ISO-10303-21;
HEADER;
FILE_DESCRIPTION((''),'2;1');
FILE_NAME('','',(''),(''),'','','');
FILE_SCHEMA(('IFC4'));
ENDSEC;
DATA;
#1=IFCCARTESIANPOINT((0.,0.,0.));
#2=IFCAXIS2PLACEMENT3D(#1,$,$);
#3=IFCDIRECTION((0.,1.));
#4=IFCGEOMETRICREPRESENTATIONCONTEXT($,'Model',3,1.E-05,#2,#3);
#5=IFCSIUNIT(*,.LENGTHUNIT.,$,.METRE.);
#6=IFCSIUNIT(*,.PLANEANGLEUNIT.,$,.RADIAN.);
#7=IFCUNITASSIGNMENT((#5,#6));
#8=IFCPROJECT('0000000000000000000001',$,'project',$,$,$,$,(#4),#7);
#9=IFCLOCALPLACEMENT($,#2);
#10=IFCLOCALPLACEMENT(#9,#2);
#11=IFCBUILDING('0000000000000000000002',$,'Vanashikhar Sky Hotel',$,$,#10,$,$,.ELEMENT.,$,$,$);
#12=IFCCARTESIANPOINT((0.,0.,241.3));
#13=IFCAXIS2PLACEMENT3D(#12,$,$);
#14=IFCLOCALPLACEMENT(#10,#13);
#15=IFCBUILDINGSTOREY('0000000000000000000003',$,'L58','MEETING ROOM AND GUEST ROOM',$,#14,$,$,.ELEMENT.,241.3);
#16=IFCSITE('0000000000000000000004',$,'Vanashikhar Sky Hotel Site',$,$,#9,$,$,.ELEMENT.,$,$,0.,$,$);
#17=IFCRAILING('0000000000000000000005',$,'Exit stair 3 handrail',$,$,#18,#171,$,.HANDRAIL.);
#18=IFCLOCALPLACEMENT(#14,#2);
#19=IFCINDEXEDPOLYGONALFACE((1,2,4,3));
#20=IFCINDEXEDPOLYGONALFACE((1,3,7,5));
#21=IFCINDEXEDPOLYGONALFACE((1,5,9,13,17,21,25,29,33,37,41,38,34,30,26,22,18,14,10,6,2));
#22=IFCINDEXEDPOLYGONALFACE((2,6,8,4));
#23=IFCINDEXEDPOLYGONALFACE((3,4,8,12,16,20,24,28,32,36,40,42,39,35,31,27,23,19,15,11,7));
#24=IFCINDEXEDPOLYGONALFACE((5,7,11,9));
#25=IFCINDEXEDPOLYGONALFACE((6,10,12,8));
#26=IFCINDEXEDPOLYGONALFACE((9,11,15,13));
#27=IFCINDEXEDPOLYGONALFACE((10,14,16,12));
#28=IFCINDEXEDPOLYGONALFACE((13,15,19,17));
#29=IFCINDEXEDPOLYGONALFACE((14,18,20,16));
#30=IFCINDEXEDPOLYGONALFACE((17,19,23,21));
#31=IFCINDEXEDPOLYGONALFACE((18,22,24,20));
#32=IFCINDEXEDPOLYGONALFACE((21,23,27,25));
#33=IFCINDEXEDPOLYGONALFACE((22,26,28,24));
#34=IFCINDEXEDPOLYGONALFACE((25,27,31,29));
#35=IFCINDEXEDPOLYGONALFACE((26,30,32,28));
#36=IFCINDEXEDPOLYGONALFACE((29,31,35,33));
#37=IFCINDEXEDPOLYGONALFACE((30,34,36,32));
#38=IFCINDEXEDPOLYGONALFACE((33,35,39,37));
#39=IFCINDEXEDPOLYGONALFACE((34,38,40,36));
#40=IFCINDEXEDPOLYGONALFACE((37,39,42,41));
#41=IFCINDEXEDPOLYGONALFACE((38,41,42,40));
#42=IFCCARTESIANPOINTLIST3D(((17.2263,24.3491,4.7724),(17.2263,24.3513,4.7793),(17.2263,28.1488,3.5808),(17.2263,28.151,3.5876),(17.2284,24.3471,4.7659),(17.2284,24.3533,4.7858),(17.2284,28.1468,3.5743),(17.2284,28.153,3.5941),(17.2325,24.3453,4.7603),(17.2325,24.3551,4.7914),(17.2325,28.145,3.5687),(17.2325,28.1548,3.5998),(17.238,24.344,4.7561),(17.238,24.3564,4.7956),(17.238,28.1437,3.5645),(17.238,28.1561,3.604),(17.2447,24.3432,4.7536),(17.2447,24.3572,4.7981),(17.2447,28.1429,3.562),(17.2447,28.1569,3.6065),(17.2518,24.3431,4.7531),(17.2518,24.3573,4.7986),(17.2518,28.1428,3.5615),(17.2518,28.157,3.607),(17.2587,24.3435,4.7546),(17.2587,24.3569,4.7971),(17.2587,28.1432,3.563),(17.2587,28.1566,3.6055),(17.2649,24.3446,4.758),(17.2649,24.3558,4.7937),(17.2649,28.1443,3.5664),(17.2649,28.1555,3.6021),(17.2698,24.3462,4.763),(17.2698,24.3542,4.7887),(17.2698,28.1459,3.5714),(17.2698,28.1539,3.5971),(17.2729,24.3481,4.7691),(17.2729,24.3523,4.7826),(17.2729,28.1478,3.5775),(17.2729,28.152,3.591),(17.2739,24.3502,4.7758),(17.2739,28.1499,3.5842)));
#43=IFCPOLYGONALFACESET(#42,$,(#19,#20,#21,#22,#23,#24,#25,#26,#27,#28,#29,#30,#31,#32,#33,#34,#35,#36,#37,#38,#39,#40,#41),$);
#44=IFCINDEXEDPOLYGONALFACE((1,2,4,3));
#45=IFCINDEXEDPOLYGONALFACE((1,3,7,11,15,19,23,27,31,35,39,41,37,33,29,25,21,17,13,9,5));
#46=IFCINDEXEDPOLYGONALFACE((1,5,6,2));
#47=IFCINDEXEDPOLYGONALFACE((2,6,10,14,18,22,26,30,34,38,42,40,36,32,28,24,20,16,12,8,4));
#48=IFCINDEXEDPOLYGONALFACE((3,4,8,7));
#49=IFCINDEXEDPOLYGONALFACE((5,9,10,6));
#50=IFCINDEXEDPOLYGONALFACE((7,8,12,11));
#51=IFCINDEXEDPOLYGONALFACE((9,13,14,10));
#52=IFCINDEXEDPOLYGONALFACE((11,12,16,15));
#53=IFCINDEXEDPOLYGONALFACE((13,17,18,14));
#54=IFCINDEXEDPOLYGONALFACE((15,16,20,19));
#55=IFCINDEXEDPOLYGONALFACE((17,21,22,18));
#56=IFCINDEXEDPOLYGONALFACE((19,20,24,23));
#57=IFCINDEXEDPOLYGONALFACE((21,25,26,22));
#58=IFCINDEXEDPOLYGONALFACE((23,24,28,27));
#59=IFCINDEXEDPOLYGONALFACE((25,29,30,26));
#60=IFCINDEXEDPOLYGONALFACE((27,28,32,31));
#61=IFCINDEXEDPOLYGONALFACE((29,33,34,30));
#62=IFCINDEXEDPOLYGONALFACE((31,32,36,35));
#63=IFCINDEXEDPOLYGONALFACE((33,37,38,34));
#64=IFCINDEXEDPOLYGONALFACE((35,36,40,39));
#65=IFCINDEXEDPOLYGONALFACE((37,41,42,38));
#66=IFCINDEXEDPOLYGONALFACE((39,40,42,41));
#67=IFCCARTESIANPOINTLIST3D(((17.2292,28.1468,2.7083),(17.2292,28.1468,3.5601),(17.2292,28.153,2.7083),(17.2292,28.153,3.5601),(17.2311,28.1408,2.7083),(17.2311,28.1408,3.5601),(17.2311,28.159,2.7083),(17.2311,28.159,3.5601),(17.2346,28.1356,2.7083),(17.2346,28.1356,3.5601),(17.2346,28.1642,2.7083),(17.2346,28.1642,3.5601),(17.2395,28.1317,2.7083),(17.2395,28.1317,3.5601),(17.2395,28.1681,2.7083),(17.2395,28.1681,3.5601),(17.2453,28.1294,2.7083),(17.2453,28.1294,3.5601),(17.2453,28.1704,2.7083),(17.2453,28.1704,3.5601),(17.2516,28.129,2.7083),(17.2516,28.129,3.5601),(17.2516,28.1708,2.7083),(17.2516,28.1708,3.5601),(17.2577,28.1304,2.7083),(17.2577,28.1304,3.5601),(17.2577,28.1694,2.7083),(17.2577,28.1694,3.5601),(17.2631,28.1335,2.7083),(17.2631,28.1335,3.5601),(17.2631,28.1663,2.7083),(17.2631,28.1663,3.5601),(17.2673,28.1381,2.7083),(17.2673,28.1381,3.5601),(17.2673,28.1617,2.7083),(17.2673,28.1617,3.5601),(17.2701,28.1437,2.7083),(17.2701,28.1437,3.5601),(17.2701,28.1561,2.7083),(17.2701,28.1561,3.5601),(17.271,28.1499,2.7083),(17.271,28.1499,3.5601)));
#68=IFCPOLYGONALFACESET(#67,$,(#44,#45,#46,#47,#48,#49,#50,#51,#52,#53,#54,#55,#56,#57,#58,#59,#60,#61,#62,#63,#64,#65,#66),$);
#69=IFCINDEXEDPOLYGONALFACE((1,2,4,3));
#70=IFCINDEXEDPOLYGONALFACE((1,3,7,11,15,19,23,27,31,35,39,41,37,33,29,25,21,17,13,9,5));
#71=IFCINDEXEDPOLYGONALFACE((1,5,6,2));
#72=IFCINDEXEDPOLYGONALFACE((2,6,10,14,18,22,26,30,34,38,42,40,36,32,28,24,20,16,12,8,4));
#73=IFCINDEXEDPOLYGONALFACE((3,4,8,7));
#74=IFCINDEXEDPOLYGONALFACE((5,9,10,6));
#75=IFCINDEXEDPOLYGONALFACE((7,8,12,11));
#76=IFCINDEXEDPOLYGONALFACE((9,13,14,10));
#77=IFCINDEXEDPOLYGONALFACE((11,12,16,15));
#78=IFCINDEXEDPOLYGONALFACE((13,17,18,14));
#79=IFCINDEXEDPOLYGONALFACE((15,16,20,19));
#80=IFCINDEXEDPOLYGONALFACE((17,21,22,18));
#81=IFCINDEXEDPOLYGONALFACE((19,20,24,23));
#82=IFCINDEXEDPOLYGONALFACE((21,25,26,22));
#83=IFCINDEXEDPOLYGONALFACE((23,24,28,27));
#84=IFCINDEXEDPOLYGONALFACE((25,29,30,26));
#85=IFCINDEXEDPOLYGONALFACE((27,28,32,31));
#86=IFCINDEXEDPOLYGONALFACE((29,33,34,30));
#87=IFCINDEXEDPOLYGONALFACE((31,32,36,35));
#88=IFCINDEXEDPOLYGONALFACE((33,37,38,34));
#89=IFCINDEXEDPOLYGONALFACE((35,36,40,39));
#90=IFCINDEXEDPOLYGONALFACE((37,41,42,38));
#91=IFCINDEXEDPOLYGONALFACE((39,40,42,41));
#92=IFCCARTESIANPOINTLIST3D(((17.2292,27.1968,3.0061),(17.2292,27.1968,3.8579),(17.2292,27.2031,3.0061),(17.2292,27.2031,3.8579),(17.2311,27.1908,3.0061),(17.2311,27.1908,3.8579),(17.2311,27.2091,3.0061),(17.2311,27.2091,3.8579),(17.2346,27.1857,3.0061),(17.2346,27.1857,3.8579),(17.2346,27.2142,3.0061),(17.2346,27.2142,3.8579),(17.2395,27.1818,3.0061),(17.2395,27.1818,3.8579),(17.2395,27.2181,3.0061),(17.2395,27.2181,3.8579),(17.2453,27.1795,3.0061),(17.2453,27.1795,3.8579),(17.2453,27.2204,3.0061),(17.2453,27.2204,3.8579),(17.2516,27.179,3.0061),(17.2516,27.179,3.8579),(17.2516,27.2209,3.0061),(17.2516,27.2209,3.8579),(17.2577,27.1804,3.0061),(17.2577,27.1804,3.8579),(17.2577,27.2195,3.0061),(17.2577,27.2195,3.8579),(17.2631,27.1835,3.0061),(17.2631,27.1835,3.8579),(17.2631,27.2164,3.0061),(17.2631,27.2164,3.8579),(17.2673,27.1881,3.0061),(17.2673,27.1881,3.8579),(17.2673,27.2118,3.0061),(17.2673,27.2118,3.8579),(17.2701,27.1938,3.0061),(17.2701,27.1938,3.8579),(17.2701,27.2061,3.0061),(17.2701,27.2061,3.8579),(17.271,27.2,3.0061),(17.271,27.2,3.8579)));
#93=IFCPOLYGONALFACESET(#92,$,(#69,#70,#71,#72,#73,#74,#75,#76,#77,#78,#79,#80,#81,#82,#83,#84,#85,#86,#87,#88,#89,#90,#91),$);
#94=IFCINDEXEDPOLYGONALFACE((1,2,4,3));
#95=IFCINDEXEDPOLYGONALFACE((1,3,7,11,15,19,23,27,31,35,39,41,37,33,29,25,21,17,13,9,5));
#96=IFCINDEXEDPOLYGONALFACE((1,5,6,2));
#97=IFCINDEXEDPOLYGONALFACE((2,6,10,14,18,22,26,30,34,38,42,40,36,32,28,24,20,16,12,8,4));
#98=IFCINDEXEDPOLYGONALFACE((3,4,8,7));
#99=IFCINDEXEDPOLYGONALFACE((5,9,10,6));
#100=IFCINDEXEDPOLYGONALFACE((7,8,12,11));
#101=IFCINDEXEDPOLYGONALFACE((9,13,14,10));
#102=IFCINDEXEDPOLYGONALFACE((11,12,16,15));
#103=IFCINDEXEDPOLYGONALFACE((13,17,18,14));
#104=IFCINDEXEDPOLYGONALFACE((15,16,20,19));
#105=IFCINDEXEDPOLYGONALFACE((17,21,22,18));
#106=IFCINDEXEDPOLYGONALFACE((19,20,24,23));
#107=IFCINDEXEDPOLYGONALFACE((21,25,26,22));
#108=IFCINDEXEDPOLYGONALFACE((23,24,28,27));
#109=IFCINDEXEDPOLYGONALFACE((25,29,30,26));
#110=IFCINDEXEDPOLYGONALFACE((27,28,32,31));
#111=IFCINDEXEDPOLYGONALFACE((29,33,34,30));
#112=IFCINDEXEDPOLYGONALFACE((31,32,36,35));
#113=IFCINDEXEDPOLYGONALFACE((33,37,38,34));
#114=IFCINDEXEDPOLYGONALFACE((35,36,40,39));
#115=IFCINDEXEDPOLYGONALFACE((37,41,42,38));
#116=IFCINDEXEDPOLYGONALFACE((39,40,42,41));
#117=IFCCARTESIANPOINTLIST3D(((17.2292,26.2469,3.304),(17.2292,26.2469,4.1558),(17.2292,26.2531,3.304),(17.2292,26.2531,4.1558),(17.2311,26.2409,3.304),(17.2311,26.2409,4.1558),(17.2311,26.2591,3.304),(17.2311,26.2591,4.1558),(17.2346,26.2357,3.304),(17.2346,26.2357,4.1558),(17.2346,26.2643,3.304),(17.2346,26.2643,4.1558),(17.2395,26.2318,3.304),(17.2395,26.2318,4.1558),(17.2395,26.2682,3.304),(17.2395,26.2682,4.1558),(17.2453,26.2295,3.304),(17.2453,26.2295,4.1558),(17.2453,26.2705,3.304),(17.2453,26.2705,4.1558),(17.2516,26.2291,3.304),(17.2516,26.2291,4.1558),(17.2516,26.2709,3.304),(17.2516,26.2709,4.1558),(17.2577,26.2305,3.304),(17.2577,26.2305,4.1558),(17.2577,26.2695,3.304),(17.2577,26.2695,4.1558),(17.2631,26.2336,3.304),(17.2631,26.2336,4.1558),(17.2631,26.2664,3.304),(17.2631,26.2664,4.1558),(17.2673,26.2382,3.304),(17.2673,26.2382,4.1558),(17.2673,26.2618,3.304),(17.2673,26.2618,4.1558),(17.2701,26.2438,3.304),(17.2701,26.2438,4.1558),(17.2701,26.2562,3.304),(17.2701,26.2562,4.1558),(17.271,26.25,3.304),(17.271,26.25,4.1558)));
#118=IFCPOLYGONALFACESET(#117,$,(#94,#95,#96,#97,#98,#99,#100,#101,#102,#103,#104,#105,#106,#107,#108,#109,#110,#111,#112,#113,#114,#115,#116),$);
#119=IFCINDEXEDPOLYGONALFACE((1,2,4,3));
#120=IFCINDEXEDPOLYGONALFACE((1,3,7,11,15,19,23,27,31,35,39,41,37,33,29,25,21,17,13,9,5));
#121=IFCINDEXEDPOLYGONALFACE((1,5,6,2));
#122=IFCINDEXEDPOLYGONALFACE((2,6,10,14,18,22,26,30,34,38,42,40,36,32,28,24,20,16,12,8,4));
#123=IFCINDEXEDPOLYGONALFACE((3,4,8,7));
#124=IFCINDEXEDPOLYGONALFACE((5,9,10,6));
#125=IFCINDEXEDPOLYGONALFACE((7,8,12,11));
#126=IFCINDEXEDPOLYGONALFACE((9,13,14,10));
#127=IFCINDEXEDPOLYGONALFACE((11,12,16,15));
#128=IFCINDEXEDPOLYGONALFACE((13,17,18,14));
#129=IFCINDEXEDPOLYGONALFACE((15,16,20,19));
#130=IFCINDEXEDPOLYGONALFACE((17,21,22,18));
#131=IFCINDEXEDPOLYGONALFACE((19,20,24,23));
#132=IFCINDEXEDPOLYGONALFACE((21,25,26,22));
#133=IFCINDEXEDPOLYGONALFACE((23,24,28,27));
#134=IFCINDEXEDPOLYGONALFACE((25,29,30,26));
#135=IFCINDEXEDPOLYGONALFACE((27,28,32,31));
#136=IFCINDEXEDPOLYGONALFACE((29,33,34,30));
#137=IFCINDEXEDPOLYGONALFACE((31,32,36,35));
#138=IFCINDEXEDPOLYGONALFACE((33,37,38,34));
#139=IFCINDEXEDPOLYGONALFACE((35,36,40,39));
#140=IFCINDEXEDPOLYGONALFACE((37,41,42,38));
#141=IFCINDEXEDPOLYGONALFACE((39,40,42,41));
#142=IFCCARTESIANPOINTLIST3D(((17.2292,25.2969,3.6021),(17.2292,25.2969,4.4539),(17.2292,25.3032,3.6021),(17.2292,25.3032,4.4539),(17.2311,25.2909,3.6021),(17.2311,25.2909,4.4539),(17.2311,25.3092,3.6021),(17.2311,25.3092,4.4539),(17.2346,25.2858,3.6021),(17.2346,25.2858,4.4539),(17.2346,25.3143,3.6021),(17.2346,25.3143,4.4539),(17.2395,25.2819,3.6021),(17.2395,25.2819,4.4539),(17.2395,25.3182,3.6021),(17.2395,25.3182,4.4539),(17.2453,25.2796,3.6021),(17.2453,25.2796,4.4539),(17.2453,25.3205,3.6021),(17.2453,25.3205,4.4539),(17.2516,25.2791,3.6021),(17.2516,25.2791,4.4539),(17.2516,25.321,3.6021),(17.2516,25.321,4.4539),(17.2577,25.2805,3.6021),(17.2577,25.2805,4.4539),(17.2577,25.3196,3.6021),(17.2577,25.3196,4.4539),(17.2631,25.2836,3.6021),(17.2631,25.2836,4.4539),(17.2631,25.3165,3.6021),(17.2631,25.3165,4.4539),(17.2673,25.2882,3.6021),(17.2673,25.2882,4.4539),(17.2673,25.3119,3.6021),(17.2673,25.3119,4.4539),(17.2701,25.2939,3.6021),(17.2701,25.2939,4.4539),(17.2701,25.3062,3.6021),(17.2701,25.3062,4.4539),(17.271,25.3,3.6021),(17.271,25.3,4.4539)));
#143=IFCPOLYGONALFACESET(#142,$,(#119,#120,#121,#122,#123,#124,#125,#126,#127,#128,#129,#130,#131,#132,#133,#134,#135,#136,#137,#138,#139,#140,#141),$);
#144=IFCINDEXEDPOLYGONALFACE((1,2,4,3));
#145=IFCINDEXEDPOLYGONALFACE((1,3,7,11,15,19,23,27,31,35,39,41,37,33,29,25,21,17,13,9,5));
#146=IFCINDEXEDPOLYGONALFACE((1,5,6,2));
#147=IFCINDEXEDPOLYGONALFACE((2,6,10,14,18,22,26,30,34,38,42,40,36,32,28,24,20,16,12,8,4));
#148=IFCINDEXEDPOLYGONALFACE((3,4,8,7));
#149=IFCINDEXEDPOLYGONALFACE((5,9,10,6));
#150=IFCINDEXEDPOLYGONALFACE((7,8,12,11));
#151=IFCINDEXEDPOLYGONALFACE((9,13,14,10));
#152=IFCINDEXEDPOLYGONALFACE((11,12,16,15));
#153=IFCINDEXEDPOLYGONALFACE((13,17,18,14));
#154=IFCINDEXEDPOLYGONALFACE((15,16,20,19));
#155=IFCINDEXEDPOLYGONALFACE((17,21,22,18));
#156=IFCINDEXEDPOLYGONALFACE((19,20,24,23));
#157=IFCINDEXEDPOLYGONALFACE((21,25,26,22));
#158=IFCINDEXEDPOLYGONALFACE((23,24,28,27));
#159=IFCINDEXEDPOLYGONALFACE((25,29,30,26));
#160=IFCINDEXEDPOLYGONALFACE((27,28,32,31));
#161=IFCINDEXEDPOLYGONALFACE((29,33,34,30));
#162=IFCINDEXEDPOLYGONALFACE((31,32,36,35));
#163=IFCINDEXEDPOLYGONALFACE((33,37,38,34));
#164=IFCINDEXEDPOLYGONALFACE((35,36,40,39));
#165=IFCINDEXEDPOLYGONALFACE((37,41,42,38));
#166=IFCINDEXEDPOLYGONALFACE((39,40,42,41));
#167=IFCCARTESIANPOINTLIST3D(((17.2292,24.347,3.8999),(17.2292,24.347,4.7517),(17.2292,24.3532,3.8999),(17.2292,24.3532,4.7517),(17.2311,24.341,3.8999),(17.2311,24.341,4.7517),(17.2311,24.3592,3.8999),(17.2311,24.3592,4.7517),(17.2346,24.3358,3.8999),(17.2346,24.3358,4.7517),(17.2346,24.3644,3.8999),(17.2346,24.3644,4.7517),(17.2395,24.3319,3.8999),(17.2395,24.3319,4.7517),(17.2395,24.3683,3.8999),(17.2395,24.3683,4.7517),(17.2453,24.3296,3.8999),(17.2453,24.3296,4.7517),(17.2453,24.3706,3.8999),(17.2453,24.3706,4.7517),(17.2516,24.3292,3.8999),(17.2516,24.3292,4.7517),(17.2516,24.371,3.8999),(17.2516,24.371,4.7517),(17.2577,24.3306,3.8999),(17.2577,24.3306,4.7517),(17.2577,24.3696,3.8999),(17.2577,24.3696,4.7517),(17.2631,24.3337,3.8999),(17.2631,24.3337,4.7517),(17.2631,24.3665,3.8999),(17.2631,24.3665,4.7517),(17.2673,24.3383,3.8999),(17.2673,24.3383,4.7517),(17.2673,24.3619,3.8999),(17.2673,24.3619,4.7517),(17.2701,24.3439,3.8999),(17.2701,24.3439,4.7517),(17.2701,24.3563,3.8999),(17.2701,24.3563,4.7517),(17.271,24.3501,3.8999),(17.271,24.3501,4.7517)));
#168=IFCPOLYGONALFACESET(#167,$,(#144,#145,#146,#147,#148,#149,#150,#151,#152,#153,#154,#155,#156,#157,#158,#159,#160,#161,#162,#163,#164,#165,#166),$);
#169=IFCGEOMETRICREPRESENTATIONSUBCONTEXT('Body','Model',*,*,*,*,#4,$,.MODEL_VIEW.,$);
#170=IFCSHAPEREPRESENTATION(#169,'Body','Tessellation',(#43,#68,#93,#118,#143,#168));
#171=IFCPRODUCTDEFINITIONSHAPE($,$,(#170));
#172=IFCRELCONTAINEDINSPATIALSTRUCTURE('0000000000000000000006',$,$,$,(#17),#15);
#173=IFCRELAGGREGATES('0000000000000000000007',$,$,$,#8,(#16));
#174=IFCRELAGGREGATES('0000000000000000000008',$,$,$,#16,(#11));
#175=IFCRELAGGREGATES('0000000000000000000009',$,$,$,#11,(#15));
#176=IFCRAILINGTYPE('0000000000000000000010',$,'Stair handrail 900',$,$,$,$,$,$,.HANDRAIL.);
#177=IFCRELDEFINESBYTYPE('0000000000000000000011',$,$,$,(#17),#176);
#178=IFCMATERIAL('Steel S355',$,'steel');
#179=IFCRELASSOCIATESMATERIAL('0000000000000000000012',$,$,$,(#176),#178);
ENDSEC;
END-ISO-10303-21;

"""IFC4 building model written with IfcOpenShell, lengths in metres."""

from ifc_helpers import new_model, si_unit, direction, frame, origin, origin_2d, place, context, subcontext, project, spatial, circle, extrude, source, transform, mapped, material, type_object, element, save


model = new_model("IFC4")

# Units and contexts
model_context = context("Model", 3, precision=1e-05, world=origin(), true_north=direction((0.0, 1.0)))
body_context = subcontext(model_context, "Body", "Model", "MODEL_VIEW")
ifc_project = project(units=[si_unit("LENGTHUNIT", "METRE"), si_unit("PLANEANGLEUNIT", "RADIAN")], contexts=[model_context])

# Site, building, storey
site_placement = place(None, origin())
site = spatial("IfcSite", under=ifc_project, at=site_placement, Name="Vanashikhar Sky Hotel Site", CompositionType="ELEMENT", RefElevation=0.0)
building_placement = place(site_placement, origin())
building = spatial("IfcBuilding", under=site, at=building_placement, Name="Vanashikhar Sky Hotel", CompositionType="ELEMENT")
storey_placement = place(building_placement, frame((0.0, 0.0, 241.3)))
storey = spatial("IfcBuildingStorey", under=building, at=storey_placement, Name="L58", Description="MEETING ROOM AND GUEST ROOM", CompositionType="ELEMENT", Elevation=241.3)

# Railing
ifc_material_1 = material(Name="Steel S355", Category="steel")
railing_type = type_object("IfcRailingType", Name="Stair handrail 900", PredefinedType="HANDRAIL", material=ifc_material_1)
shared_shape_1 = source(origin(), body_context, "Body", "SweptSolid", [
    extrude(circle(Radius=0.0239, at=origin_2d()), frame((0.0, 0.0, 0.876), z_axis=(0.0, -0.954178, 0.299238), x_axis=(1.0, 0.0, 0.0)), (0.0, 0.0, 1.0), 3.9822),
    extrude(circle(Radius=0.021, at=origin_2d()), origin(), (0.0, 0.0, 1.0), 0.8518),
    extrude(circle(Radius=0.021, at=origin_2d()), frame((0.0, -0.95, 0.2979)), (0.0, 0.0, 1.0), 0.8518),
    extrude(circle(Radius=0.021, at=origin_2d()), frame((0.0, -1.8999, 0.5957)), (0.0, 0.0, 1.0), 0.8518),
    extrude(circle(Radius=0.021, at=origin_2d()), frame((0.0, -2.8499, 0.8938)), (0.0, 0.0, 1.0), 0.8518),
    extrude(circle(Radius=0.021, at=origin_2d()), frame((0.0, -3.7998, 1.1917)), (0.0, 0.0, 1.0), 0.8518),
])
for number, where, name in (
    (1, (17.25, 28.1499, 2.7083), "Exit stair 3 handrail"),
):
    element("IfcRailing", number, at=place(storey_placement, frame(where)), inside=storey, type_object=railing_type, Name=name, PredefinedType="HANDRAIL", context=body_context, shape_type="MappedRepresentation", body=[
        mapped(shared_shape_1, transform((0.0, 0.0, 0.0), scale=1.0)),
    ])

save(model, "model.ifc")
